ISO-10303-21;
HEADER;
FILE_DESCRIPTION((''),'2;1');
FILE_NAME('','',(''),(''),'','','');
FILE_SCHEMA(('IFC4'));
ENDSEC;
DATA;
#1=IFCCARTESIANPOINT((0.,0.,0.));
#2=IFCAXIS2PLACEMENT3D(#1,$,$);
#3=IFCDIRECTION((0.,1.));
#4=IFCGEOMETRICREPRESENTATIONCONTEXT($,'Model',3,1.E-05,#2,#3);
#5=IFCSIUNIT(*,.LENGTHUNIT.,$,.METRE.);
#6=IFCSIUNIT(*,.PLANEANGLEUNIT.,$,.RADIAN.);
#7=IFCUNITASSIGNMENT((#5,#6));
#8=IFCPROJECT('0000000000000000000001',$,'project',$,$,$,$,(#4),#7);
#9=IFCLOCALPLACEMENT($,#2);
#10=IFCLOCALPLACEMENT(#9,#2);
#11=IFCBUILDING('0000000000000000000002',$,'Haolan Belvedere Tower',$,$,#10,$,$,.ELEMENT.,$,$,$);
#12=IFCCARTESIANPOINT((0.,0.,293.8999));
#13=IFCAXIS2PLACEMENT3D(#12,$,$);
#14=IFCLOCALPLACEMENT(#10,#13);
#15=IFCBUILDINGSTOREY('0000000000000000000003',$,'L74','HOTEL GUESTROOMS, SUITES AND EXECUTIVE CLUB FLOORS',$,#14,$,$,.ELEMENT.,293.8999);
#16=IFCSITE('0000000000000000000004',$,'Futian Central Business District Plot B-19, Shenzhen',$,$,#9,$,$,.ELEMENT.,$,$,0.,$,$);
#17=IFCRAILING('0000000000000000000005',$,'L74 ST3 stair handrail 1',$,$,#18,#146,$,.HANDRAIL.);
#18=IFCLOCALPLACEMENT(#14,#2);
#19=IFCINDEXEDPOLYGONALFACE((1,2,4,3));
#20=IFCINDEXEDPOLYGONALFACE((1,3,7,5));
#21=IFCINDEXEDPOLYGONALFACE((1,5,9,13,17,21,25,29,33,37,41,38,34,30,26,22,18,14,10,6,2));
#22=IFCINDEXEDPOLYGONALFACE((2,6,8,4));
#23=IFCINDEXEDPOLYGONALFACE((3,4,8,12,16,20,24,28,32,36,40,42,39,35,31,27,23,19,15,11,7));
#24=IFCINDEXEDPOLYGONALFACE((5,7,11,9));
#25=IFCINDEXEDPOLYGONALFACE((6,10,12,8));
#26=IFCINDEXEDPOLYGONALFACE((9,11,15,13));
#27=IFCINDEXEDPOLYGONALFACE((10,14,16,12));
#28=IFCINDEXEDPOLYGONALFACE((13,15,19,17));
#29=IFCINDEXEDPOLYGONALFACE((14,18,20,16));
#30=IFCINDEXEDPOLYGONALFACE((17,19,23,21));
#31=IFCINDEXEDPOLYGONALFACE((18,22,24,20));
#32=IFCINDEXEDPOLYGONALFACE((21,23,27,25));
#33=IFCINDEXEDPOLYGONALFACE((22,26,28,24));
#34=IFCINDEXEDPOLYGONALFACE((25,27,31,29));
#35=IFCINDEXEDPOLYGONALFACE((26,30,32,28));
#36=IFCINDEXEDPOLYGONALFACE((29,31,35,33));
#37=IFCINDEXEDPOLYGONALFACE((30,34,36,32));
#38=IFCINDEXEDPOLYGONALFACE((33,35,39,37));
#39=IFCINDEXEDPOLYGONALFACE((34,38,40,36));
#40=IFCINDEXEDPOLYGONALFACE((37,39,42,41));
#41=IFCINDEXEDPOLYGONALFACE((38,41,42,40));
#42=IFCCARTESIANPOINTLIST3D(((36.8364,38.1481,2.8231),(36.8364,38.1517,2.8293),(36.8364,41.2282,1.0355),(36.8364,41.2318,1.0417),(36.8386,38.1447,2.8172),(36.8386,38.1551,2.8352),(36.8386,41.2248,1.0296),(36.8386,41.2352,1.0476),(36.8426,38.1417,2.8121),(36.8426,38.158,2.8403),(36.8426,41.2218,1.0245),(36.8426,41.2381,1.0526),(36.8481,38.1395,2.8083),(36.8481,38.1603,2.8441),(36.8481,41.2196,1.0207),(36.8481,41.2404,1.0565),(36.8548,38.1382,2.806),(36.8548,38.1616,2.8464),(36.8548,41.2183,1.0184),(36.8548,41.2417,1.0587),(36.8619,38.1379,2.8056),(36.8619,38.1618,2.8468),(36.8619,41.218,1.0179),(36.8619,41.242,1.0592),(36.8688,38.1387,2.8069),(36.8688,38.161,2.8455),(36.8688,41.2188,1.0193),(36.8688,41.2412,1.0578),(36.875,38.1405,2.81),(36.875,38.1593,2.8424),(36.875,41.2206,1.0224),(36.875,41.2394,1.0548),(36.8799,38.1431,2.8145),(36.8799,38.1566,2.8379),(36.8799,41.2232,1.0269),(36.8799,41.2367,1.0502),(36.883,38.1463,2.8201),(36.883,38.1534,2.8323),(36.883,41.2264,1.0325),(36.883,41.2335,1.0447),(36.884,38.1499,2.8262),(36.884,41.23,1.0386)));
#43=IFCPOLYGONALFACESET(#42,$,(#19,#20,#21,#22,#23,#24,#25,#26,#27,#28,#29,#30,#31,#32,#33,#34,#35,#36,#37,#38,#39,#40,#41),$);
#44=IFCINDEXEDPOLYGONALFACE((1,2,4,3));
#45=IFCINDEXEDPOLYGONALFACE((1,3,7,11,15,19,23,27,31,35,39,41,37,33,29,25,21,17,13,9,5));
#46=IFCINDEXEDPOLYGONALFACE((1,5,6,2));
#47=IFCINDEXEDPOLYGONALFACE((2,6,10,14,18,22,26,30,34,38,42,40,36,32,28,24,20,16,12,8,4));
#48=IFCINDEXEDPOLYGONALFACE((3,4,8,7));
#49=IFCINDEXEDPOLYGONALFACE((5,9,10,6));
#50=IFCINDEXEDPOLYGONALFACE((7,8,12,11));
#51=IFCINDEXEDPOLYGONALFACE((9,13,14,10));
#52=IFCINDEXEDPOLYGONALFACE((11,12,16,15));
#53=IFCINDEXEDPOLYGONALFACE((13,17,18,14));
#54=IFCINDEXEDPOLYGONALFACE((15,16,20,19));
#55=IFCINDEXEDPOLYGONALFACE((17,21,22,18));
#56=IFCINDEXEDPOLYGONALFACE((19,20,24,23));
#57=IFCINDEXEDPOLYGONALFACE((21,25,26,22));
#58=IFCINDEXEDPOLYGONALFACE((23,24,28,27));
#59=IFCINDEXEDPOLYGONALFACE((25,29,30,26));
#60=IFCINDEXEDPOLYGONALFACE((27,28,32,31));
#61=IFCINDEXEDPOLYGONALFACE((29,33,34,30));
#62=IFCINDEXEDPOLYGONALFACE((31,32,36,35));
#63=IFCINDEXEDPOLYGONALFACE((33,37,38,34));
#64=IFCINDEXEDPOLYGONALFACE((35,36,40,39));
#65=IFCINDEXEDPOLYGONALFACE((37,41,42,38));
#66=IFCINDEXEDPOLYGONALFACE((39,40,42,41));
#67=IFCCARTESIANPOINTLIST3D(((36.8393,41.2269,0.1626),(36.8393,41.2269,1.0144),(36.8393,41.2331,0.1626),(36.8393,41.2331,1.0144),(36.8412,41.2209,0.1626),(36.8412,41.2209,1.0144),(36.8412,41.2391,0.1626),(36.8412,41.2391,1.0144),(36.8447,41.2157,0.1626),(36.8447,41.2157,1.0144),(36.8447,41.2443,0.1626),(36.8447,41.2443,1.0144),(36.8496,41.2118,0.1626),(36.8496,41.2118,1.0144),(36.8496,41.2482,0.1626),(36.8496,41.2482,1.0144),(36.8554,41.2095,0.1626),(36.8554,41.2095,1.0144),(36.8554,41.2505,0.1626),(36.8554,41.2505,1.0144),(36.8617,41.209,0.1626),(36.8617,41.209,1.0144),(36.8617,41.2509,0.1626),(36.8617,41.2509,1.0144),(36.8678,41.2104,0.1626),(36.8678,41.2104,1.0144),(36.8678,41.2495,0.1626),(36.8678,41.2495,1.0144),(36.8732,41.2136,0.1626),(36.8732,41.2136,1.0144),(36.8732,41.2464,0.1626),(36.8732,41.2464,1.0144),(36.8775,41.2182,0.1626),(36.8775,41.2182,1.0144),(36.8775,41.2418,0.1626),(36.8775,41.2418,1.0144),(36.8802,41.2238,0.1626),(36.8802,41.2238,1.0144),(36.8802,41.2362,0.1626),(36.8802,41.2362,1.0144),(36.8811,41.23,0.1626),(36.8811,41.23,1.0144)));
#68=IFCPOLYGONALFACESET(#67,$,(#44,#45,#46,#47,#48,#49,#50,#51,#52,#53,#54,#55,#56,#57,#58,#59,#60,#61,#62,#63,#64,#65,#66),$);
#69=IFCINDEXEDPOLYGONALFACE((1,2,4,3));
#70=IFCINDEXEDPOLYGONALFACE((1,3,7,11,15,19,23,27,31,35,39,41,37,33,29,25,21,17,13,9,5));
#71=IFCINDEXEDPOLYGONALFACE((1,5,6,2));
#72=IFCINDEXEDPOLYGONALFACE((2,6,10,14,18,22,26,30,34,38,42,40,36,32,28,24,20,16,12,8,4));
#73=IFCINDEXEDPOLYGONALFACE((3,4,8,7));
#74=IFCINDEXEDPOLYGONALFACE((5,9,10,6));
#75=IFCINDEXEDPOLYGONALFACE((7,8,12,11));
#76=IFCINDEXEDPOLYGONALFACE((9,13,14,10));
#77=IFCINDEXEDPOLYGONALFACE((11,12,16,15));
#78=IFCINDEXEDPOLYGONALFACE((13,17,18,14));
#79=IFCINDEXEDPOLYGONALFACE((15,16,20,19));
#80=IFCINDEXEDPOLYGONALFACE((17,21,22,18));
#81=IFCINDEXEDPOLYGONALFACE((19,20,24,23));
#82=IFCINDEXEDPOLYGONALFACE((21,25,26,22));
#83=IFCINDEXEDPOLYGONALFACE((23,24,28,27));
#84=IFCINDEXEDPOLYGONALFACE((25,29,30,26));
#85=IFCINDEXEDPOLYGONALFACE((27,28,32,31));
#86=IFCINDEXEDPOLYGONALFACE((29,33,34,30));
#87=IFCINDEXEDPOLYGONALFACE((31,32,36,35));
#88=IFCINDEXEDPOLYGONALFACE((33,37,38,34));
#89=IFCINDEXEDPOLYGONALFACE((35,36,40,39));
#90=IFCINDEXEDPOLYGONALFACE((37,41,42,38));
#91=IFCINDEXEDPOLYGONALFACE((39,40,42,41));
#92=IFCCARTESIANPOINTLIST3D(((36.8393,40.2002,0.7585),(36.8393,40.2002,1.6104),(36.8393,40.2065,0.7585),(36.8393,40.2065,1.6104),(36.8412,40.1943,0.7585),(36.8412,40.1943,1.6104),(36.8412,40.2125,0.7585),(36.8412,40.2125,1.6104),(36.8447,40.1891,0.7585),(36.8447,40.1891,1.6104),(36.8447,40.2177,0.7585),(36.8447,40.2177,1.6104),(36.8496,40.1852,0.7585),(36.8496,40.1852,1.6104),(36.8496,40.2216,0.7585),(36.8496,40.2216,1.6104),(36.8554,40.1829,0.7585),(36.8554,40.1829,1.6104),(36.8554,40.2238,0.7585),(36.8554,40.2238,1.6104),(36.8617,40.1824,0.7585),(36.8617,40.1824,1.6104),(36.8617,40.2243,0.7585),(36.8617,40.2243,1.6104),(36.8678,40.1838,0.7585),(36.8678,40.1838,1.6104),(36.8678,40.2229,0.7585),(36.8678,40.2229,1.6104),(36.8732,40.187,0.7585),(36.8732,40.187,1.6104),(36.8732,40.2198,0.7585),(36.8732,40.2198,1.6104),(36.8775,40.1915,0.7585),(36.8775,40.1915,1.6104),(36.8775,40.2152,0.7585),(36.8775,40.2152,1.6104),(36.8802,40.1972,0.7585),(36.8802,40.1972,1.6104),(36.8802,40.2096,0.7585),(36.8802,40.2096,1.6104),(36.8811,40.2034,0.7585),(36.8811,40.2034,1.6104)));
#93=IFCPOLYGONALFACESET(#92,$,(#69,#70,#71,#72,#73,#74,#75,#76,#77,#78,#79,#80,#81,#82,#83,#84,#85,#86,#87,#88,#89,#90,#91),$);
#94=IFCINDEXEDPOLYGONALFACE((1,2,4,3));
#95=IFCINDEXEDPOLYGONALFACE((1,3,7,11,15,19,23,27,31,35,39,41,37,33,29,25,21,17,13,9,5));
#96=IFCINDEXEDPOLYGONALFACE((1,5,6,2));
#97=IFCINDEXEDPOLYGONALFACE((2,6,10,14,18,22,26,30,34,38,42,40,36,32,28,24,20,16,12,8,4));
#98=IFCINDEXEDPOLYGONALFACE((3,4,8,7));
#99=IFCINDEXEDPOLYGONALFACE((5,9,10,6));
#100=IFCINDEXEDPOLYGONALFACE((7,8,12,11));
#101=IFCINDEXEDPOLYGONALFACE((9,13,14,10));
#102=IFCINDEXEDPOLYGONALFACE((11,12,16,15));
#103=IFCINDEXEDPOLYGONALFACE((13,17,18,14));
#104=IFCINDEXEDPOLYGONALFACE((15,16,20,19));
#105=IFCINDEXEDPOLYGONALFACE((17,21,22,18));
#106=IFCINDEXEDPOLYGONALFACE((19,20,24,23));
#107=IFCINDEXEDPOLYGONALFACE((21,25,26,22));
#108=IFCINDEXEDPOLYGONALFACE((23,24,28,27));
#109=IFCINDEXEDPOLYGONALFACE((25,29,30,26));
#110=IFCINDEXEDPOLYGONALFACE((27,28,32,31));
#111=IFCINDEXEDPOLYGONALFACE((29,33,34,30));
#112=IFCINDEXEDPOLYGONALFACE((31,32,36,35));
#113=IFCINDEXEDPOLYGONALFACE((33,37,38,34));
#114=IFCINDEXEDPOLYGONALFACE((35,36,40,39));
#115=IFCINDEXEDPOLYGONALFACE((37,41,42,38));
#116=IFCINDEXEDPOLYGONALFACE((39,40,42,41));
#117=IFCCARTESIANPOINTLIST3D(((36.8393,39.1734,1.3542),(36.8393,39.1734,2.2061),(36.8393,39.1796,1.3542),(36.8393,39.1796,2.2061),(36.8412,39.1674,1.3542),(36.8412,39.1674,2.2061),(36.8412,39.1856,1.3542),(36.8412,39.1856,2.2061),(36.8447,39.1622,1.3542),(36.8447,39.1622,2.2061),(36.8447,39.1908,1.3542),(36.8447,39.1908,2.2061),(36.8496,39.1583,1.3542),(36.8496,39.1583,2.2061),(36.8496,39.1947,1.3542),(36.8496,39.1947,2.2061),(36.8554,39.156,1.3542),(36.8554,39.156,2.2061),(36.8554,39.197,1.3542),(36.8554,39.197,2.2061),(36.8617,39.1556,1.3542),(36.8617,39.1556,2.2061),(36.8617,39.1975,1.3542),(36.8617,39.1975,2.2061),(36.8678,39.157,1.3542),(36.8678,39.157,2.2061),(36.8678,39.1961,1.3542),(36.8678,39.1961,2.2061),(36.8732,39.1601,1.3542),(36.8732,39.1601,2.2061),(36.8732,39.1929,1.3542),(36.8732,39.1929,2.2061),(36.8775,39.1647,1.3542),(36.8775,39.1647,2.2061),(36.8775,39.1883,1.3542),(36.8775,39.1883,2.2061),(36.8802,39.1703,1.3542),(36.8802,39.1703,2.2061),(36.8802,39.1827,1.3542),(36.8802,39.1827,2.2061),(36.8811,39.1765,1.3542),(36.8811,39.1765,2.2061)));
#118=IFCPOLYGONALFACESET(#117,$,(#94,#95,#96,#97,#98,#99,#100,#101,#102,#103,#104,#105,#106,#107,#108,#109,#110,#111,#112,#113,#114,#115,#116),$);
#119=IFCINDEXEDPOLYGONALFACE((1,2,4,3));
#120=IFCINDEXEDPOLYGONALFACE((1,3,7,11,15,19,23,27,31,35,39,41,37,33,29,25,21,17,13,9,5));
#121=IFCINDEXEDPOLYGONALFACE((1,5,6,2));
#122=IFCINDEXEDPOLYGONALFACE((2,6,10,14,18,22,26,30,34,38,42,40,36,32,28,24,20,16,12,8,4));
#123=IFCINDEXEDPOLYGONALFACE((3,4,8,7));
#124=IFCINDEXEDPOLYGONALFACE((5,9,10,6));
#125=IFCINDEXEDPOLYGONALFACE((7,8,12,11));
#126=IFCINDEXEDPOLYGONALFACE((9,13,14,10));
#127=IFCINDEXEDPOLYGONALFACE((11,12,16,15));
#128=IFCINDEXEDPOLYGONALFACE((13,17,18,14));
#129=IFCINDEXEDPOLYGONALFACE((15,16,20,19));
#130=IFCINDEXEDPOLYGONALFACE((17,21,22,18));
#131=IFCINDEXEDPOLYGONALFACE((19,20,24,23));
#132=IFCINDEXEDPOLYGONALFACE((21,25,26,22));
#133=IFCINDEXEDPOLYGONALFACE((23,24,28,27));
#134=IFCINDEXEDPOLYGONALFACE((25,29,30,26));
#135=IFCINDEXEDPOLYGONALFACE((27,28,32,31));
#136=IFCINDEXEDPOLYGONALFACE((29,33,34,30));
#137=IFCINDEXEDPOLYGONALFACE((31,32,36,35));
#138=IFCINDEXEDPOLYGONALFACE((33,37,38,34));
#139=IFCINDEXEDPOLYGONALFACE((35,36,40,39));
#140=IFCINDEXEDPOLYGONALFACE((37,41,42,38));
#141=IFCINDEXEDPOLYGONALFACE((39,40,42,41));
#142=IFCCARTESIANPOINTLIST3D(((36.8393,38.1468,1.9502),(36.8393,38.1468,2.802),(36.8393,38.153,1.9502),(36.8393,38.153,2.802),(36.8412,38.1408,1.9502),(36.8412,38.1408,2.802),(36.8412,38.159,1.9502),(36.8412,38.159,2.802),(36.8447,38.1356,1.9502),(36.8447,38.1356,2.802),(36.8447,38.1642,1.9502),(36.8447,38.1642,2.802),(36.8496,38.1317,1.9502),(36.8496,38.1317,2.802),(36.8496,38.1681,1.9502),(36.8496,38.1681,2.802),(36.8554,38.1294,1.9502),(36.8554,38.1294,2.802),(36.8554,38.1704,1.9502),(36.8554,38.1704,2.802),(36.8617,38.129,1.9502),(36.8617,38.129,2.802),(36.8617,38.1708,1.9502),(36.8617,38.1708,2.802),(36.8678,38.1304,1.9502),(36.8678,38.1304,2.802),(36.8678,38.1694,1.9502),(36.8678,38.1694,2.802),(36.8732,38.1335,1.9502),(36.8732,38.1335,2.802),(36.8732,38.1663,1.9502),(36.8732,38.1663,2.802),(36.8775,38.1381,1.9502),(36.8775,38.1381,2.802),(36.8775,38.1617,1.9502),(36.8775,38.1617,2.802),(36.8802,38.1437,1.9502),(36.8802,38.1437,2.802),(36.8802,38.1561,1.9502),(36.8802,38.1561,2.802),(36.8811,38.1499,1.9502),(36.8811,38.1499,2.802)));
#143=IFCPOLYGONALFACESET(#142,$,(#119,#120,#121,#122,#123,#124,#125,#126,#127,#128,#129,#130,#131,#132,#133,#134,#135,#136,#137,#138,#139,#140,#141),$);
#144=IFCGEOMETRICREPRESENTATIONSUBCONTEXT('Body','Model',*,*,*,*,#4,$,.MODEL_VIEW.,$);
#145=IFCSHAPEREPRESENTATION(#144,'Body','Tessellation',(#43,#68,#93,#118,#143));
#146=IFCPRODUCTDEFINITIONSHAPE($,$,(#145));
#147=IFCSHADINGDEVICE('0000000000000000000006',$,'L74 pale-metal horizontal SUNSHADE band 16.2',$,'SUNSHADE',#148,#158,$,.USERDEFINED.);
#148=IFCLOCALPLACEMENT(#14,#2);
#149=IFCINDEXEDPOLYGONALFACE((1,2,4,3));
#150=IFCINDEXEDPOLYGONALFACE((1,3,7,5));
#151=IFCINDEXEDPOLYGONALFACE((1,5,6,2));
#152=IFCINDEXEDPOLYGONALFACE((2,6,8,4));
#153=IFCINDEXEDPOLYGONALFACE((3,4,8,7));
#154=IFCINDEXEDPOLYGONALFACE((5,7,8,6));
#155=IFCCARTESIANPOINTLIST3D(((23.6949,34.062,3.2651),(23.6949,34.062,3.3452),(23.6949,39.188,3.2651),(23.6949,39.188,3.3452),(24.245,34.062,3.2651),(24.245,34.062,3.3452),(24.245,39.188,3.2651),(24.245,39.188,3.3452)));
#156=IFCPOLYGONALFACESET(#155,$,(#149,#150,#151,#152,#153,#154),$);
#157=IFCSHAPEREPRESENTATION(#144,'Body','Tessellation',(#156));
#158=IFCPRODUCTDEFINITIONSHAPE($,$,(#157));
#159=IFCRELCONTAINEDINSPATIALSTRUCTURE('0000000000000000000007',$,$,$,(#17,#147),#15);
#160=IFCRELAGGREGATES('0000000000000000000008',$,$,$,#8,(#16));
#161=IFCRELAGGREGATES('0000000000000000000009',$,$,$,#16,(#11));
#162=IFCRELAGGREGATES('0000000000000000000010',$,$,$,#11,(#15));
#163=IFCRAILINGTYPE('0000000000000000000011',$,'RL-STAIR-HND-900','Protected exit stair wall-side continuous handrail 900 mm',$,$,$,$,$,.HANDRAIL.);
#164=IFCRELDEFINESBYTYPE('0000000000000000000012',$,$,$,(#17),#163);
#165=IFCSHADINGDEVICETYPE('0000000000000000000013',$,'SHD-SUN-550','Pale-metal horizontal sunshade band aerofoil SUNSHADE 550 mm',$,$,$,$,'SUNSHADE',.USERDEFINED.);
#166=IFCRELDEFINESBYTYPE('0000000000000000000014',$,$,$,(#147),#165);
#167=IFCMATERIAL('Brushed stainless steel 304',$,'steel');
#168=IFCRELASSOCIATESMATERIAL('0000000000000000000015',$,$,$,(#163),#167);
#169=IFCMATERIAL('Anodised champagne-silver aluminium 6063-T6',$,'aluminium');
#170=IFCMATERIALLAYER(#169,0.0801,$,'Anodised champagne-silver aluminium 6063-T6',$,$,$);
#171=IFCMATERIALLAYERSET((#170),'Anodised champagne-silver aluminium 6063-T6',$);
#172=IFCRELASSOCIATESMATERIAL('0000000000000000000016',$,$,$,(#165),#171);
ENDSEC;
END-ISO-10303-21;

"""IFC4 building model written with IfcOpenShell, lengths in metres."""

from ifc_helpers import new_model, si_unit, direction, frame, origin, origin_2d, place, context, subcontext, project, spatial, rectangle, circle, extrude, material, layer, layer_set, type_object, element, save


model = new_model("IFC4")

# Units and contexts
model_context = context("Model", 3, precision=1e-05, world=origin(), true_north=direction((0.0, 1.0)))
body_context = subcontext(model_context, "Body", "Model", "MODEL_VIEW")
ifc_project = project(units=[si_unit("LENGTHUNIT", "METRE"), si_unit("PLANEANGLEUNIT", "RADIAN")], contexts=[model_context])

# Site, building, storey
site_placement = place(None, origin())
site = spatial("IfcSite", under=ifc_project, at=site_placement, Name="Futian Central Business District Plot B-19, Shenzhen", CompositionType="ELEMENT", RefElevation=0.0)
building_placement = place(site_placement, origin())
building = spatial("IfcBuilding", under=site, at=building_placement, Name="Haolan Belvedere Tower", CompositionType="ELEMENT")
storey_placement = place(building_placement, frame((0.0, 0.0, 293.8999)))
storey = spatial("IfcBuildingStorey", under=building, at=storey_placement, Name="L74", Description="HOTEL GUESTROOMS, SUITES AND EXECUTIVE CLUB FLOORS", CompositionType="ELEMENT", Elevation=293.8999)

# Railing
ifc_material_1 = material(Name="Brushed stainless steel 304", Category="steel")
railing_type_1 = type_object("IfcRailingType", Name="RL-STAIR-HND-900", Description="Protected exit stair wall-side continuous handrail 900 mm", PredefinedType="HANDRAIL", material=ifc_material_1)
railing_1_placement = place(storey_placement, frame((36.8601, 41.23, 0.1626)))
element("IfcRailing", 1, at=railing_1_placement, inside=storey, type_object=railing_type_1, Name="L74 ST3 stair handrail 1", PredefinedType="HANDRAIL", context=body_context, shape_type="SweptSolid", body=[
    extrude(circle(Radius=0.0239, at=origin_2d()), frame((0.0, 0.0, 0.876), z_axis=(0.0, -0.864891, 0.50196), x_axis=(1.0, 0.0, 0.0)), (0.0, 0.0, 1.0), 3.5613),
    extrude(circle(Radius=0.021, at=origin_2d()), origin(), (0.0, 0.0, 1.0), 0.8518),
    extrude(circle(Radius=0.021, at=origin_2d()), frame((0.0, -1.0266, 0.5959)), (0.0, 0.0, 1.0), 0.8518),
    extrude(circle(Radius=0.021, at=origin_2d()), frame((0.0, -2.0535, 1.1917)), (0.0, 0.0, 1.0), 0.8518),
    extrude(circle(Radius=0.021, at=origin_2d()), frame((0.0, -3.0801, 1.7876)), (0.0, 0.0, 1.0), 0.8518),
])

# Shading device
ifc_material_2 = material(Name="Anodised champagne-silver aluminium 6063-T6", Category="aluminium")
ifc_layer_1 = layer(ifc_material_2, 0.0801, Name="Anodised champagne-silver aluminium 6063-T6")
ifc_layer_set_1 = layer_set([ifc_layer_1], Name="Anodised champagne-silver aluminium 6063-T6")
shading_device_type = type_object("IfcShadingDeviceType", Name="SHD-SUN-550", Description="Pale-metal horizontal sunshade band aerofoil SUNSHADE 550 mm", ElementType="SUNSHADE", PredefinedType="USERDEFINED", material=ifc_layer_set_1)
shading_device_placement = place(storey_placement, frame((23.97, 36.625, 3.2651), z_axis=(0.0, 0.0, 1.0), x_axis=(0.0, -1.0, 0.0)))
element("IfcShadingDevice", 2, at=shading_device_placement, inside=storey, type_object=shading_device_type, Name="L74 pale-metal horizontal SUNSHADE band 16.2", ObjectType="SUNSHADE", PredefinedType="USERDEFINED", context=body_context, shape_type="SweptSolid", body=[
    extrude(rectangle(XDim=5.126, YDim=0.55, at=origin_2d()), origin(), (0.0, 0.0, 1.0), 0.0801),
])

save(model, "model.ifc")
